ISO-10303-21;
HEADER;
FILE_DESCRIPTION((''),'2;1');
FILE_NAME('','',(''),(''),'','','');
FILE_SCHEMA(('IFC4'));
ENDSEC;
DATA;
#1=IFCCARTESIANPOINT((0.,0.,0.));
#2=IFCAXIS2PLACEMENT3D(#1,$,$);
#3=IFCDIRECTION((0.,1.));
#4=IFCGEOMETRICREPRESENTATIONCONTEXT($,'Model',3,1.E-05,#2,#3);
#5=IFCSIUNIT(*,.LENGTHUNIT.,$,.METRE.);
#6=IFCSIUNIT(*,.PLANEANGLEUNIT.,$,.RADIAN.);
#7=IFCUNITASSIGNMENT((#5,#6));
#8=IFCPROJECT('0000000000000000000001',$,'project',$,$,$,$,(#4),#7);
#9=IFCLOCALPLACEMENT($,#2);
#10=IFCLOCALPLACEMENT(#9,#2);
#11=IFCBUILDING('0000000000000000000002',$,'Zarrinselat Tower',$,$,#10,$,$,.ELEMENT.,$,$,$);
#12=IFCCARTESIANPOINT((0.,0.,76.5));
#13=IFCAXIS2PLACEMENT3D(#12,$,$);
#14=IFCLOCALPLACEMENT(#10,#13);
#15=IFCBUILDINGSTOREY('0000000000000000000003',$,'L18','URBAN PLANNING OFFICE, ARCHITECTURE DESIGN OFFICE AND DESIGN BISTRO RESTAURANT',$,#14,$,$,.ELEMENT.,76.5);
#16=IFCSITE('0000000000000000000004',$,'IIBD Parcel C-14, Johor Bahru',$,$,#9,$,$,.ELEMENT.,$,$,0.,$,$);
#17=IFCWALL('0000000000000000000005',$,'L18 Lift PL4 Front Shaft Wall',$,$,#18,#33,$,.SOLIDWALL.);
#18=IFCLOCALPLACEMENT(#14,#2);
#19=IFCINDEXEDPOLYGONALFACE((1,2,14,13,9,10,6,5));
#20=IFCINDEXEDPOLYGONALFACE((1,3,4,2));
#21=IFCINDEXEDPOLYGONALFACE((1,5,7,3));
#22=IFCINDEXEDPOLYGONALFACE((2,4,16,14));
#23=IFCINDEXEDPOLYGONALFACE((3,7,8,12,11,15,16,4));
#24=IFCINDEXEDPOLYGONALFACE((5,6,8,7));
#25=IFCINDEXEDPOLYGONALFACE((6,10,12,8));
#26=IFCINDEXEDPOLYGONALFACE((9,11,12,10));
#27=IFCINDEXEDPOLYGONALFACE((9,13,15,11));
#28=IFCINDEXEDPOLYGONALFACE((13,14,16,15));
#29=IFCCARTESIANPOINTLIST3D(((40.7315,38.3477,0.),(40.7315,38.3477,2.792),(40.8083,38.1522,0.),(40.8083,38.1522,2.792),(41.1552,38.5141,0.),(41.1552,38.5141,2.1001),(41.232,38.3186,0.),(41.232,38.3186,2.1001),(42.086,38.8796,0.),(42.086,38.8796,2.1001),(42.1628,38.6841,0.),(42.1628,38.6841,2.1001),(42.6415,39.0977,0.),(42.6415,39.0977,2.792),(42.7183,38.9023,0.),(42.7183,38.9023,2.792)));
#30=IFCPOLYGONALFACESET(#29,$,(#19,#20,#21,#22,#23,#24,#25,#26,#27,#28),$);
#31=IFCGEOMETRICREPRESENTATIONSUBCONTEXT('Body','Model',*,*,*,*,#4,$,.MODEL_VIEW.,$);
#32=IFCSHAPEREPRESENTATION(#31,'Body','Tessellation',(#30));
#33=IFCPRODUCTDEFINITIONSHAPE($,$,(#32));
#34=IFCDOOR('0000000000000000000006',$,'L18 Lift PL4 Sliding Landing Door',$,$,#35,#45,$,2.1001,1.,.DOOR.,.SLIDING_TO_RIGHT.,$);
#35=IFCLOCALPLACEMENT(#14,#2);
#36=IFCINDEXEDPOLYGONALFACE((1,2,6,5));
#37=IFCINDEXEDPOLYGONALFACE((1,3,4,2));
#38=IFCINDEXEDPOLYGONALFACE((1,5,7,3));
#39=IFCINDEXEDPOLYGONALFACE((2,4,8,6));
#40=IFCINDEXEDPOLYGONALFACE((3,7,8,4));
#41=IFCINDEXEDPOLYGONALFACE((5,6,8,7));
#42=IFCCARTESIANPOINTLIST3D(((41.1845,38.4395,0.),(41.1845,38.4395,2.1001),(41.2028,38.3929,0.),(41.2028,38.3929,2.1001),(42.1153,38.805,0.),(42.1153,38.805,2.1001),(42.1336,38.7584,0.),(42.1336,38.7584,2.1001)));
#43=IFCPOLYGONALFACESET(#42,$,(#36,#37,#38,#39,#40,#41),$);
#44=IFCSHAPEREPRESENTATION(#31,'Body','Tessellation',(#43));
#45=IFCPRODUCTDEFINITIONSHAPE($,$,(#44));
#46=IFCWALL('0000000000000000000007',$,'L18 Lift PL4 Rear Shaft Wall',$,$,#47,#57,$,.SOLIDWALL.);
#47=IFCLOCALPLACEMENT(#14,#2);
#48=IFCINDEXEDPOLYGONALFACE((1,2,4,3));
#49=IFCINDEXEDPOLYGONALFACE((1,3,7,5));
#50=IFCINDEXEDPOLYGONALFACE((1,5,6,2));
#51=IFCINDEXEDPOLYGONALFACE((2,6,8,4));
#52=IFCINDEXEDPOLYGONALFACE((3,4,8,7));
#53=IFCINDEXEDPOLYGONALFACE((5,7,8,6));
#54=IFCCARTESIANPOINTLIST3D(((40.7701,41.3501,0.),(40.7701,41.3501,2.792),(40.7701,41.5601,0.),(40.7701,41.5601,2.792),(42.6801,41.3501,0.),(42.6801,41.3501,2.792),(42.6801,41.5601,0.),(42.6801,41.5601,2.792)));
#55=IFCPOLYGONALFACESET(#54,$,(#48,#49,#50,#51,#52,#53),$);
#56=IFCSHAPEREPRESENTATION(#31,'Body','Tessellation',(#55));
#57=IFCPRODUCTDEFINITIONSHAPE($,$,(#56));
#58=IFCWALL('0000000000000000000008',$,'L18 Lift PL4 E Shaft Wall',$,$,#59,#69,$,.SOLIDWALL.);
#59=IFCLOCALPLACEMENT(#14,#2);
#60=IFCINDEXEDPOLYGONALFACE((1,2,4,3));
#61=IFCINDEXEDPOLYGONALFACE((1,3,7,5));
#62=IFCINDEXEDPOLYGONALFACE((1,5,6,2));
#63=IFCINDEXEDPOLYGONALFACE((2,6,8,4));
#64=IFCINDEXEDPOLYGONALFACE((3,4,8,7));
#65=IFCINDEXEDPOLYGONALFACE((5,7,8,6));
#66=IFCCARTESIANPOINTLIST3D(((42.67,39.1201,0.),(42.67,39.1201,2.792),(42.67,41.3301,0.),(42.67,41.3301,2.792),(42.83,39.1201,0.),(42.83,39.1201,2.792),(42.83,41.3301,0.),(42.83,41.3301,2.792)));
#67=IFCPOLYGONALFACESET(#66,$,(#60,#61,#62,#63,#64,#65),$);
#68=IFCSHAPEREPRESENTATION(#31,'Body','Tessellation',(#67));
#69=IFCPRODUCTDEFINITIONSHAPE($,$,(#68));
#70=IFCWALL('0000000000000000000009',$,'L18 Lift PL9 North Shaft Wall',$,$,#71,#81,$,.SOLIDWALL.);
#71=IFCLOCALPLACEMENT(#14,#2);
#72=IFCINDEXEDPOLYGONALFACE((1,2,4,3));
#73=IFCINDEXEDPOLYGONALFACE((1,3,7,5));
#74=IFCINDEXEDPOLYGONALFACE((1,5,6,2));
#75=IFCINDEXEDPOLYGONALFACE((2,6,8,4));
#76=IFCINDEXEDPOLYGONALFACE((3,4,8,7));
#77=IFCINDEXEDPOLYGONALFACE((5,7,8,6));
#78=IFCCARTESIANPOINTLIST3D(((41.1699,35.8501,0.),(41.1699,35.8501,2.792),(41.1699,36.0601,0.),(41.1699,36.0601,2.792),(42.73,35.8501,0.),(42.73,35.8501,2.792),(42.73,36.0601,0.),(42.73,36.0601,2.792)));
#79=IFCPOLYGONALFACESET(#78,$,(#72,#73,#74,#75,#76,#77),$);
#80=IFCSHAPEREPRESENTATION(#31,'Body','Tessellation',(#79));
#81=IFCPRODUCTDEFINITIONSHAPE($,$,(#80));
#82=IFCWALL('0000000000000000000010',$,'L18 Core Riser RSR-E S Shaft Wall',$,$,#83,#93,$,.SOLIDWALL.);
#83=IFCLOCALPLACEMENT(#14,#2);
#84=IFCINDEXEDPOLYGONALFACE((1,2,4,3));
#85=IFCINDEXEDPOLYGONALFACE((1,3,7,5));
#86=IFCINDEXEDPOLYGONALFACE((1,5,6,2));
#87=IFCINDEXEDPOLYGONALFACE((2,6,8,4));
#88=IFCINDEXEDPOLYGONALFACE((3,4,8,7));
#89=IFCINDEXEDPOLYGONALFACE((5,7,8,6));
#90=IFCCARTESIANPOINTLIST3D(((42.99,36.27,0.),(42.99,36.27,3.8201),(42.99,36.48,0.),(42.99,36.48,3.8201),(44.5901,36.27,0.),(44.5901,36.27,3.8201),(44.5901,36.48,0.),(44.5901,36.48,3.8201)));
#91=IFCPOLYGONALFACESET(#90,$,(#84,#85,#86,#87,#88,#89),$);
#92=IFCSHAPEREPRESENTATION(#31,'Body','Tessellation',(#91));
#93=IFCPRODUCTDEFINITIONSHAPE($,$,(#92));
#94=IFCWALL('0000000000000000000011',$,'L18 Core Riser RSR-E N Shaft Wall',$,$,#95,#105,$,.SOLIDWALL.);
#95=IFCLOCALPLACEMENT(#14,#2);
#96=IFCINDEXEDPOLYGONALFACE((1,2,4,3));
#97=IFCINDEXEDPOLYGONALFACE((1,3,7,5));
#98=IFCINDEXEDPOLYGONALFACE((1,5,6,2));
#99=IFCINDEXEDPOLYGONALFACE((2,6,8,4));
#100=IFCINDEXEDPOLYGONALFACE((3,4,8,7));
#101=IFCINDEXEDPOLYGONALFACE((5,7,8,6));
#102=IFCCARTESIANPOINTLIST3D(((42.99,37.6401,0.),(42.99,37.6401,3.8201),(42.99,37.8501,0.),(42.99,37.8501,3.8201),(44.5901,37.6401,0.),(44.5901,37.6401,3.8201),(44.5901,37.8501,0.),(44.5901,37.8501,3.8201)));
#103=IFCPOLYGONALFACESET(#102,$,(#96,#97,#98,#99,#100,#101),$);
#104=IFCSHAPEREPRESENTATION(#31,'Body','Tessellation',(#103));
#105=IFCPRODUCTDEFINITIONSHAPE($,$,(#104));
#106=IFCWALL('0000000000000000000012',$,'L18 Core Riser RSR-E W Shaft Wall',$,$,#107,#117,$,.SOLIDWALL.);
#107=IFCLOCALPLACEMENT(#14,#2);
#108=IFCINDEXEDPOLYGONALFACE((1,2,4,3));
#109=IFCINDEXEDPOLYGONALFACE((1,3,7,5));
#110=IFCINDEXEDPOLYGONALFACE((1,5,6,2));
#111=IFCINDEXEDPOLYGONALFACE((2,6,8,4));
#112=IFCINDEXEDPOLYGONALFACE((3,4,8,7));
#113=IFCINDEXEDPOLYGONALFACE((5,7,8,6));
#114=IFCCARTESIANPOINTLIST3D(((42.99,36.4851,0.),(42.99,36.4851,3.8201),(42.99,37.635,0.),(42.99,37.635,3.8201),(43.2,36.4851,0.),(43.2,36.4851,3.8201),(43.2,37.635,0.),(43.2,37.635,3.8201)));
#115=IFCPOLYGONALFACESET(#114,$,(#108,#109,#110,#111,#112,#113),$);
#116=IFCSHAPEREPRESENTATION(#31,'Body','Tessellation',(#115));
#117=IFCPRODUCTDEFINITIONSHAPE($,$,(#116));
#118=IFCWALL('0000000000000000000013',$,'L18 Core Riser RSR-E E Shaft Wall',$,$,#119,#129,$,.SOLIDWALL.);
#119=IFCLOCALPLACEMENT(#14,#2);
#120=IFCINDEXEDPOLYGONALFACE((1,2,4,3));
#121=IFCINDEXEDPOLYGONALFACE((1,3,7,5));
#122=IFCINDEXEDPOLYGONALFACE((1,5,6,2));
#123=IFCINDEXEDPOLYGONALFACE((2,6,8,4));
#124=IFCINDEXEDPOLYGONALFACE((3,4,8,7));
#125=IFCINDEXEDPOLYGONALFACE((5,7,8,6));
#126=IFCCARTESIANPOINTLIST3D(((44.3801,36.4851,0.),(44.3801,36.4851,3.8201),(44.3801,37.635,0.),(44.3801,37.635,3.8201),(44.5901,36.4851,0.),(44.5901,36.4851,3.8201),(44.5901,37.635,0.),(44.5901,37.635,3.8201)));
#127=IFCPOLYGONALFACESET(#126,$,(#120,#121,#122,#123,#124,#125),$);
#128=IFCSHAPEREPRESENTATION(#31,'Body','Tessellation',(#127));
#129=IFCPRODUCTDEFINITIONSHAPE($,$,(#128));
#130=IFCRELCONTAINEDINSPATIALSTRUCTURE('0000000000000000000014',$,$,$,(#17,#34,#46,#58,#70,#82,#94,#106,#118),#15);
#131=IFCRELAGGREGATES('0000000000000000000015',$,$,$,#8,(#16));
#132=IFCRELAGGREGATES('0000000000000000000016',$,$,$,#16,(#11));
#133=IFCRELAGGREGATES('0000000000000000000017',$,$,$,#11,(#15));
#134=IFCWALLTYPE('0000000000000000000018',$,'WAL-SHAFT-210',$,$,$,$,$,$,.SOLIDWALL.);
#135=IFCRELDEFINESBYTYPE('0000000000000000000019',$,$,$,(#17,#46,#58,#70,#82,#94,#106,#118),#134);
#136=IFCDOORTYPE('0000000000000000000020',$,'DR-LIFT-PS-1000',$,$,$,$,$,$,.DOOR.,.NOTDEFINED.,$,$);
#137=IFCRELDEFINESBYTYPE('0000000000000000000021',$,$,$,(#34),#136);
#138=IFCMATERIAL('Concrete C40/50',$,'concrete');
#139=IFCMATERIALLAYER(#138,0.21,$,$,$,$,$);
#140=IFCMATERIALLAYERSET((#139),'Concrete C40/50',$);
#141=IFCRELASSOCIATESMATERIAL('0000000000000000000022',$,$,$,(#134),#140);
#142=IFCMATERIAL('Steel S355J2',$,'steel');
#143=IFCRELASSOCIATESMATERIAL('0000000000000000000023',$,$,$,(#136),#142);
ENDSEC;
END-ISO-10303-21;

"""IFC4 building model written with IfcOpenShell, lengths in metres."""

from ifc_helpers import new_model, si_unit, direction, frame, frame_2d, origin, place, context, subcontext, project, spatial, rectangle, extrude, material, layer, layer_set, type_object, element, fill, save


model = new_model("IFC4")

# Units and contexts
model_context = context("Model", 3, precision=1e-05, world=origin(), true_north=direction((0.0, 1.0)))
body_context = subcontext(model_context, "Body", "Model", "MODEL_VIEW")
ifc_project = project(units=[si_unit("LENGTHUNIT", "METRE"), si_unit("PLANEANGLEUNIT", "RADIAN")], contexts=[model_context])

# Site, building, storey
site_placement = place(None, origin())
site = spatial("IfcSite", under=ifc_project, at=site_placement, Name="IIBD Parcel C-14, Johor Bahru", CompositionType="ELEMENT", RefElevation=0.0)
building_placement = place(site_placement, origin())
building = spatial("IfcBuilding", under=site, at=building_placement, Name="Zarrinselat Tower", CompositionType="ELEMENT")
storey_placement = place(building_placement, frame((0.0, 0.0, 76.5)))
storey = spatial("IfcBuildingStorey", under=building, at=storey_placement, Name="L18", Description="URBAN PLANNING OFFICE, ARCHITECTURE DESIGN OFFICE AND DESIGN BISTRO RESTAURANT", CompositionType="ELEMENT", Elevation=76.5)

# Shared definitions
ifc_material_1 = material(Name="Concrete C40/50", Category="concrete")
ifc_layer_1 = layer(ifc_material_1, 0.21)
ifc_layer_set_1 = layer_set([ifc_layer_1], Name="Concrete C40/50")
wall_type_1 = type_object("IfcWallType", Name="WAL-SHAFT-210", PredefinedType="SOLIDWALL", material=ifc_layer_set_1)

# Shared definitions
ifc_material_2 = material(Name="Steel S355J2", Category="steel")
door_type = type_object("IfcDoorType", Name="DR-LIFT-PS-1000", OperationType="NOTDEFINED", PredefinedType="DOOR", material=ifc_material_2)

# Wall, opening, door
wall_1_placement = place(storey_placement, frame((40.77, 38.25, 0.0), z_axis=(0.0, 0.0, 1.0), x_axis=(0.930805, 0.365516, 0.0)))
wall_1 = element("IfcWall", 1, at=wall_1_placement, inside=storey, type_object=wall_type_1, Name="L18 Lift PL4 Front Shaft Wall", PredefinedType="SOLIDWALL", context=body_context, shape_type="SweptSolid", body=[
    extrude(rectangle(XDim=2.052, YDim=0.21, at=frame_2d((1.0259, 0.0))), origin(), (0.0, 0.0, 1.0), 2.792),
])
opening_1_placement = place(wall_1_placement, frame((0.4551, 0.0, 0.0)))
opening_1 = element("IfcOpeningElement", 2, at=opening_1_placement, cuts=wall_1, PredefinedType="OPENING", context=body_context, shape_type="SweptSolid", body=[
    extrude(rectangle(XDim=1.0, YDim=2.1001, at=frame_2d((0.5, 1.05))), frame((0.0, 0.115, 0.0), z_axis=(0.0, -1.0, 0.0), x_axis=(1.0, 0.0, 0.0)), (0.0, 0.0, 1.0), 0.23),
])
door_1_placement = place(opening_1_placement, origin())
door_1 = element("IfcDoor", 3, at=door_1_placement, inside=storey, type_object=door_type, Name="L18 Lift PL4 Sliding Landing Door", OperationType="SLIDING_TO_RIGHT", OverallHeight=2.1001, OverallWidth=1.0, PredefinedType="DOOR", context=body_context, shape_type="SweptSolid", body=[
    extrude(rectangle(XDim=1.0, YDim=2.1001, at=frame_2d((0.5, 1.05))), frame((0.0, 0.0249, 0.0), z_axis=(0.0, -1.0, 0.0), x_axis=(1.0, 0.0, 0.0)), (0.0, 0.0, 1.0), 0.05),
])
fill(opening_1, door_1)

# Walls
wall_2_placement = place(storey_placement, frame((40.77, 41.4551, 0.0), z_axis=(0.0, 0.0, 1.0), x_axis=(1.0, 0.0, 0.0)))
element("IfcWall", 4, at=wall_2_placement, inside=storey, type_object=wall_type_1, Name="L18 Lift PL4 Rear Shaft Wall", PredefinedType="SOLIDWALL", context=body_context, shape_type="SweptSolid", body=[
    extrude(rectangle(XDim=1.9099, YDim=0.21, at=frame_2d((0.9551, 0.0))), origin(), (0.0, 0.0, 1.0), 2.792),
])
wall_3_placement = place(storey_placement, frame((42.75, 39.1201, 0.0), z_axis=(0.0, 0.0, 1.0), x_axis=(0.0, 1.0, 0.0)))
element("IfcWall", 5, at=wall_3_placement, inside=storey, type_object=wall_type_1, Name="L18 Lift PL4 E Shaft Wall", PredefinedType="SOLIDWALL", context=body_context, shape_type="SweptSolid", body=[
    extrude(rectangle(XDim=2.21, YDim=0.1599, at=frame_2d((1.105, 0.0))), origin(), (0.0, 0.0, 1.0), 2.792),
])
wall_4_placement = place(storey_placement, frame((41.1699, 35.9551, 0.0), z_axis=(0.0, 0.0, 1.0), x_axis=(1.0, 0.0, 0.0)))
element("IfcWall", 6, at=wall_4_placement, inside=storey, type_object=wall_type_1, Name="L18 Lift PL9 North Shaft Wall", PredefinedType="SOLIDWALL", context=body_context, shape_type="SweptSolid", body=[
    extrude(rectangle(XDim=1.5601, YDim=0.21, at=frame_2d((0.78, 0.0))), origin(), (0.0, 0.0, 1.0), 2.792),
])
for number, where, z_axis, x_axis, name in (
    (7, (42.99, 36.375, 0.0), (0.0, 0.0, 1.0), (1.0, 0.0, 0.0), "L18 Core Riser RSR-E S Shaft Wall"),
    (8, (42.99, 37.7451, 0.0), (0.0, 0.0, 1.0), (1.0, 0.0, 0.0), "L18 Core Riser RSR-E N Shaft Wall"),
):
    element("IfcWall", number, at=place(storey_placement, frame(where, z_axis=z_axis, x_axis=x_axis)), inside=storey, type_object=wall_type_1, Name=name, PredefinedType="SOLIDWALL", context=body_context, shape_type="SweptSolid", body=[
        extrude(rectangle(XDim=1.6001, YDim=0.21, at=frame_2d((0.8, 0.0))), origin(), (0.0, 0.0, 1.0), 3.8201),
    ])
for number, where, z_axis, x_axis, name in (
    (9, (43.095, 36.4851, 0.0), (0.0, 0.0, 1.0), (0.0, 1.0, 0.0), "L18 Core Riser RSR-E W Shaft Wall"),
    (10, (44.4851, 36.4851, 0.0), (0.0, 0.0, 1.0), (0.0, 1.0, 0.0), "L18 Core Riser RSR-E E Shaft Wall"),
):
    element("IfcWall", number, at=place(storey_placement, frame(where, z_axis=z_axis, x_axis=x_axis)), inside=storey, type_object=wall_type_1, Name=name, PredefinedType="SOLIDWALL", context=body_context, shape_type="SweptSolid", body=[
        extrude(rectangle(XDim=1.1499, YDim=0.21, at=frame_2d((0.575, 0.0))), origin(), (0.0, 0.0, 1.0), 3.8201),
    ])

save(model, "model.ifc")
